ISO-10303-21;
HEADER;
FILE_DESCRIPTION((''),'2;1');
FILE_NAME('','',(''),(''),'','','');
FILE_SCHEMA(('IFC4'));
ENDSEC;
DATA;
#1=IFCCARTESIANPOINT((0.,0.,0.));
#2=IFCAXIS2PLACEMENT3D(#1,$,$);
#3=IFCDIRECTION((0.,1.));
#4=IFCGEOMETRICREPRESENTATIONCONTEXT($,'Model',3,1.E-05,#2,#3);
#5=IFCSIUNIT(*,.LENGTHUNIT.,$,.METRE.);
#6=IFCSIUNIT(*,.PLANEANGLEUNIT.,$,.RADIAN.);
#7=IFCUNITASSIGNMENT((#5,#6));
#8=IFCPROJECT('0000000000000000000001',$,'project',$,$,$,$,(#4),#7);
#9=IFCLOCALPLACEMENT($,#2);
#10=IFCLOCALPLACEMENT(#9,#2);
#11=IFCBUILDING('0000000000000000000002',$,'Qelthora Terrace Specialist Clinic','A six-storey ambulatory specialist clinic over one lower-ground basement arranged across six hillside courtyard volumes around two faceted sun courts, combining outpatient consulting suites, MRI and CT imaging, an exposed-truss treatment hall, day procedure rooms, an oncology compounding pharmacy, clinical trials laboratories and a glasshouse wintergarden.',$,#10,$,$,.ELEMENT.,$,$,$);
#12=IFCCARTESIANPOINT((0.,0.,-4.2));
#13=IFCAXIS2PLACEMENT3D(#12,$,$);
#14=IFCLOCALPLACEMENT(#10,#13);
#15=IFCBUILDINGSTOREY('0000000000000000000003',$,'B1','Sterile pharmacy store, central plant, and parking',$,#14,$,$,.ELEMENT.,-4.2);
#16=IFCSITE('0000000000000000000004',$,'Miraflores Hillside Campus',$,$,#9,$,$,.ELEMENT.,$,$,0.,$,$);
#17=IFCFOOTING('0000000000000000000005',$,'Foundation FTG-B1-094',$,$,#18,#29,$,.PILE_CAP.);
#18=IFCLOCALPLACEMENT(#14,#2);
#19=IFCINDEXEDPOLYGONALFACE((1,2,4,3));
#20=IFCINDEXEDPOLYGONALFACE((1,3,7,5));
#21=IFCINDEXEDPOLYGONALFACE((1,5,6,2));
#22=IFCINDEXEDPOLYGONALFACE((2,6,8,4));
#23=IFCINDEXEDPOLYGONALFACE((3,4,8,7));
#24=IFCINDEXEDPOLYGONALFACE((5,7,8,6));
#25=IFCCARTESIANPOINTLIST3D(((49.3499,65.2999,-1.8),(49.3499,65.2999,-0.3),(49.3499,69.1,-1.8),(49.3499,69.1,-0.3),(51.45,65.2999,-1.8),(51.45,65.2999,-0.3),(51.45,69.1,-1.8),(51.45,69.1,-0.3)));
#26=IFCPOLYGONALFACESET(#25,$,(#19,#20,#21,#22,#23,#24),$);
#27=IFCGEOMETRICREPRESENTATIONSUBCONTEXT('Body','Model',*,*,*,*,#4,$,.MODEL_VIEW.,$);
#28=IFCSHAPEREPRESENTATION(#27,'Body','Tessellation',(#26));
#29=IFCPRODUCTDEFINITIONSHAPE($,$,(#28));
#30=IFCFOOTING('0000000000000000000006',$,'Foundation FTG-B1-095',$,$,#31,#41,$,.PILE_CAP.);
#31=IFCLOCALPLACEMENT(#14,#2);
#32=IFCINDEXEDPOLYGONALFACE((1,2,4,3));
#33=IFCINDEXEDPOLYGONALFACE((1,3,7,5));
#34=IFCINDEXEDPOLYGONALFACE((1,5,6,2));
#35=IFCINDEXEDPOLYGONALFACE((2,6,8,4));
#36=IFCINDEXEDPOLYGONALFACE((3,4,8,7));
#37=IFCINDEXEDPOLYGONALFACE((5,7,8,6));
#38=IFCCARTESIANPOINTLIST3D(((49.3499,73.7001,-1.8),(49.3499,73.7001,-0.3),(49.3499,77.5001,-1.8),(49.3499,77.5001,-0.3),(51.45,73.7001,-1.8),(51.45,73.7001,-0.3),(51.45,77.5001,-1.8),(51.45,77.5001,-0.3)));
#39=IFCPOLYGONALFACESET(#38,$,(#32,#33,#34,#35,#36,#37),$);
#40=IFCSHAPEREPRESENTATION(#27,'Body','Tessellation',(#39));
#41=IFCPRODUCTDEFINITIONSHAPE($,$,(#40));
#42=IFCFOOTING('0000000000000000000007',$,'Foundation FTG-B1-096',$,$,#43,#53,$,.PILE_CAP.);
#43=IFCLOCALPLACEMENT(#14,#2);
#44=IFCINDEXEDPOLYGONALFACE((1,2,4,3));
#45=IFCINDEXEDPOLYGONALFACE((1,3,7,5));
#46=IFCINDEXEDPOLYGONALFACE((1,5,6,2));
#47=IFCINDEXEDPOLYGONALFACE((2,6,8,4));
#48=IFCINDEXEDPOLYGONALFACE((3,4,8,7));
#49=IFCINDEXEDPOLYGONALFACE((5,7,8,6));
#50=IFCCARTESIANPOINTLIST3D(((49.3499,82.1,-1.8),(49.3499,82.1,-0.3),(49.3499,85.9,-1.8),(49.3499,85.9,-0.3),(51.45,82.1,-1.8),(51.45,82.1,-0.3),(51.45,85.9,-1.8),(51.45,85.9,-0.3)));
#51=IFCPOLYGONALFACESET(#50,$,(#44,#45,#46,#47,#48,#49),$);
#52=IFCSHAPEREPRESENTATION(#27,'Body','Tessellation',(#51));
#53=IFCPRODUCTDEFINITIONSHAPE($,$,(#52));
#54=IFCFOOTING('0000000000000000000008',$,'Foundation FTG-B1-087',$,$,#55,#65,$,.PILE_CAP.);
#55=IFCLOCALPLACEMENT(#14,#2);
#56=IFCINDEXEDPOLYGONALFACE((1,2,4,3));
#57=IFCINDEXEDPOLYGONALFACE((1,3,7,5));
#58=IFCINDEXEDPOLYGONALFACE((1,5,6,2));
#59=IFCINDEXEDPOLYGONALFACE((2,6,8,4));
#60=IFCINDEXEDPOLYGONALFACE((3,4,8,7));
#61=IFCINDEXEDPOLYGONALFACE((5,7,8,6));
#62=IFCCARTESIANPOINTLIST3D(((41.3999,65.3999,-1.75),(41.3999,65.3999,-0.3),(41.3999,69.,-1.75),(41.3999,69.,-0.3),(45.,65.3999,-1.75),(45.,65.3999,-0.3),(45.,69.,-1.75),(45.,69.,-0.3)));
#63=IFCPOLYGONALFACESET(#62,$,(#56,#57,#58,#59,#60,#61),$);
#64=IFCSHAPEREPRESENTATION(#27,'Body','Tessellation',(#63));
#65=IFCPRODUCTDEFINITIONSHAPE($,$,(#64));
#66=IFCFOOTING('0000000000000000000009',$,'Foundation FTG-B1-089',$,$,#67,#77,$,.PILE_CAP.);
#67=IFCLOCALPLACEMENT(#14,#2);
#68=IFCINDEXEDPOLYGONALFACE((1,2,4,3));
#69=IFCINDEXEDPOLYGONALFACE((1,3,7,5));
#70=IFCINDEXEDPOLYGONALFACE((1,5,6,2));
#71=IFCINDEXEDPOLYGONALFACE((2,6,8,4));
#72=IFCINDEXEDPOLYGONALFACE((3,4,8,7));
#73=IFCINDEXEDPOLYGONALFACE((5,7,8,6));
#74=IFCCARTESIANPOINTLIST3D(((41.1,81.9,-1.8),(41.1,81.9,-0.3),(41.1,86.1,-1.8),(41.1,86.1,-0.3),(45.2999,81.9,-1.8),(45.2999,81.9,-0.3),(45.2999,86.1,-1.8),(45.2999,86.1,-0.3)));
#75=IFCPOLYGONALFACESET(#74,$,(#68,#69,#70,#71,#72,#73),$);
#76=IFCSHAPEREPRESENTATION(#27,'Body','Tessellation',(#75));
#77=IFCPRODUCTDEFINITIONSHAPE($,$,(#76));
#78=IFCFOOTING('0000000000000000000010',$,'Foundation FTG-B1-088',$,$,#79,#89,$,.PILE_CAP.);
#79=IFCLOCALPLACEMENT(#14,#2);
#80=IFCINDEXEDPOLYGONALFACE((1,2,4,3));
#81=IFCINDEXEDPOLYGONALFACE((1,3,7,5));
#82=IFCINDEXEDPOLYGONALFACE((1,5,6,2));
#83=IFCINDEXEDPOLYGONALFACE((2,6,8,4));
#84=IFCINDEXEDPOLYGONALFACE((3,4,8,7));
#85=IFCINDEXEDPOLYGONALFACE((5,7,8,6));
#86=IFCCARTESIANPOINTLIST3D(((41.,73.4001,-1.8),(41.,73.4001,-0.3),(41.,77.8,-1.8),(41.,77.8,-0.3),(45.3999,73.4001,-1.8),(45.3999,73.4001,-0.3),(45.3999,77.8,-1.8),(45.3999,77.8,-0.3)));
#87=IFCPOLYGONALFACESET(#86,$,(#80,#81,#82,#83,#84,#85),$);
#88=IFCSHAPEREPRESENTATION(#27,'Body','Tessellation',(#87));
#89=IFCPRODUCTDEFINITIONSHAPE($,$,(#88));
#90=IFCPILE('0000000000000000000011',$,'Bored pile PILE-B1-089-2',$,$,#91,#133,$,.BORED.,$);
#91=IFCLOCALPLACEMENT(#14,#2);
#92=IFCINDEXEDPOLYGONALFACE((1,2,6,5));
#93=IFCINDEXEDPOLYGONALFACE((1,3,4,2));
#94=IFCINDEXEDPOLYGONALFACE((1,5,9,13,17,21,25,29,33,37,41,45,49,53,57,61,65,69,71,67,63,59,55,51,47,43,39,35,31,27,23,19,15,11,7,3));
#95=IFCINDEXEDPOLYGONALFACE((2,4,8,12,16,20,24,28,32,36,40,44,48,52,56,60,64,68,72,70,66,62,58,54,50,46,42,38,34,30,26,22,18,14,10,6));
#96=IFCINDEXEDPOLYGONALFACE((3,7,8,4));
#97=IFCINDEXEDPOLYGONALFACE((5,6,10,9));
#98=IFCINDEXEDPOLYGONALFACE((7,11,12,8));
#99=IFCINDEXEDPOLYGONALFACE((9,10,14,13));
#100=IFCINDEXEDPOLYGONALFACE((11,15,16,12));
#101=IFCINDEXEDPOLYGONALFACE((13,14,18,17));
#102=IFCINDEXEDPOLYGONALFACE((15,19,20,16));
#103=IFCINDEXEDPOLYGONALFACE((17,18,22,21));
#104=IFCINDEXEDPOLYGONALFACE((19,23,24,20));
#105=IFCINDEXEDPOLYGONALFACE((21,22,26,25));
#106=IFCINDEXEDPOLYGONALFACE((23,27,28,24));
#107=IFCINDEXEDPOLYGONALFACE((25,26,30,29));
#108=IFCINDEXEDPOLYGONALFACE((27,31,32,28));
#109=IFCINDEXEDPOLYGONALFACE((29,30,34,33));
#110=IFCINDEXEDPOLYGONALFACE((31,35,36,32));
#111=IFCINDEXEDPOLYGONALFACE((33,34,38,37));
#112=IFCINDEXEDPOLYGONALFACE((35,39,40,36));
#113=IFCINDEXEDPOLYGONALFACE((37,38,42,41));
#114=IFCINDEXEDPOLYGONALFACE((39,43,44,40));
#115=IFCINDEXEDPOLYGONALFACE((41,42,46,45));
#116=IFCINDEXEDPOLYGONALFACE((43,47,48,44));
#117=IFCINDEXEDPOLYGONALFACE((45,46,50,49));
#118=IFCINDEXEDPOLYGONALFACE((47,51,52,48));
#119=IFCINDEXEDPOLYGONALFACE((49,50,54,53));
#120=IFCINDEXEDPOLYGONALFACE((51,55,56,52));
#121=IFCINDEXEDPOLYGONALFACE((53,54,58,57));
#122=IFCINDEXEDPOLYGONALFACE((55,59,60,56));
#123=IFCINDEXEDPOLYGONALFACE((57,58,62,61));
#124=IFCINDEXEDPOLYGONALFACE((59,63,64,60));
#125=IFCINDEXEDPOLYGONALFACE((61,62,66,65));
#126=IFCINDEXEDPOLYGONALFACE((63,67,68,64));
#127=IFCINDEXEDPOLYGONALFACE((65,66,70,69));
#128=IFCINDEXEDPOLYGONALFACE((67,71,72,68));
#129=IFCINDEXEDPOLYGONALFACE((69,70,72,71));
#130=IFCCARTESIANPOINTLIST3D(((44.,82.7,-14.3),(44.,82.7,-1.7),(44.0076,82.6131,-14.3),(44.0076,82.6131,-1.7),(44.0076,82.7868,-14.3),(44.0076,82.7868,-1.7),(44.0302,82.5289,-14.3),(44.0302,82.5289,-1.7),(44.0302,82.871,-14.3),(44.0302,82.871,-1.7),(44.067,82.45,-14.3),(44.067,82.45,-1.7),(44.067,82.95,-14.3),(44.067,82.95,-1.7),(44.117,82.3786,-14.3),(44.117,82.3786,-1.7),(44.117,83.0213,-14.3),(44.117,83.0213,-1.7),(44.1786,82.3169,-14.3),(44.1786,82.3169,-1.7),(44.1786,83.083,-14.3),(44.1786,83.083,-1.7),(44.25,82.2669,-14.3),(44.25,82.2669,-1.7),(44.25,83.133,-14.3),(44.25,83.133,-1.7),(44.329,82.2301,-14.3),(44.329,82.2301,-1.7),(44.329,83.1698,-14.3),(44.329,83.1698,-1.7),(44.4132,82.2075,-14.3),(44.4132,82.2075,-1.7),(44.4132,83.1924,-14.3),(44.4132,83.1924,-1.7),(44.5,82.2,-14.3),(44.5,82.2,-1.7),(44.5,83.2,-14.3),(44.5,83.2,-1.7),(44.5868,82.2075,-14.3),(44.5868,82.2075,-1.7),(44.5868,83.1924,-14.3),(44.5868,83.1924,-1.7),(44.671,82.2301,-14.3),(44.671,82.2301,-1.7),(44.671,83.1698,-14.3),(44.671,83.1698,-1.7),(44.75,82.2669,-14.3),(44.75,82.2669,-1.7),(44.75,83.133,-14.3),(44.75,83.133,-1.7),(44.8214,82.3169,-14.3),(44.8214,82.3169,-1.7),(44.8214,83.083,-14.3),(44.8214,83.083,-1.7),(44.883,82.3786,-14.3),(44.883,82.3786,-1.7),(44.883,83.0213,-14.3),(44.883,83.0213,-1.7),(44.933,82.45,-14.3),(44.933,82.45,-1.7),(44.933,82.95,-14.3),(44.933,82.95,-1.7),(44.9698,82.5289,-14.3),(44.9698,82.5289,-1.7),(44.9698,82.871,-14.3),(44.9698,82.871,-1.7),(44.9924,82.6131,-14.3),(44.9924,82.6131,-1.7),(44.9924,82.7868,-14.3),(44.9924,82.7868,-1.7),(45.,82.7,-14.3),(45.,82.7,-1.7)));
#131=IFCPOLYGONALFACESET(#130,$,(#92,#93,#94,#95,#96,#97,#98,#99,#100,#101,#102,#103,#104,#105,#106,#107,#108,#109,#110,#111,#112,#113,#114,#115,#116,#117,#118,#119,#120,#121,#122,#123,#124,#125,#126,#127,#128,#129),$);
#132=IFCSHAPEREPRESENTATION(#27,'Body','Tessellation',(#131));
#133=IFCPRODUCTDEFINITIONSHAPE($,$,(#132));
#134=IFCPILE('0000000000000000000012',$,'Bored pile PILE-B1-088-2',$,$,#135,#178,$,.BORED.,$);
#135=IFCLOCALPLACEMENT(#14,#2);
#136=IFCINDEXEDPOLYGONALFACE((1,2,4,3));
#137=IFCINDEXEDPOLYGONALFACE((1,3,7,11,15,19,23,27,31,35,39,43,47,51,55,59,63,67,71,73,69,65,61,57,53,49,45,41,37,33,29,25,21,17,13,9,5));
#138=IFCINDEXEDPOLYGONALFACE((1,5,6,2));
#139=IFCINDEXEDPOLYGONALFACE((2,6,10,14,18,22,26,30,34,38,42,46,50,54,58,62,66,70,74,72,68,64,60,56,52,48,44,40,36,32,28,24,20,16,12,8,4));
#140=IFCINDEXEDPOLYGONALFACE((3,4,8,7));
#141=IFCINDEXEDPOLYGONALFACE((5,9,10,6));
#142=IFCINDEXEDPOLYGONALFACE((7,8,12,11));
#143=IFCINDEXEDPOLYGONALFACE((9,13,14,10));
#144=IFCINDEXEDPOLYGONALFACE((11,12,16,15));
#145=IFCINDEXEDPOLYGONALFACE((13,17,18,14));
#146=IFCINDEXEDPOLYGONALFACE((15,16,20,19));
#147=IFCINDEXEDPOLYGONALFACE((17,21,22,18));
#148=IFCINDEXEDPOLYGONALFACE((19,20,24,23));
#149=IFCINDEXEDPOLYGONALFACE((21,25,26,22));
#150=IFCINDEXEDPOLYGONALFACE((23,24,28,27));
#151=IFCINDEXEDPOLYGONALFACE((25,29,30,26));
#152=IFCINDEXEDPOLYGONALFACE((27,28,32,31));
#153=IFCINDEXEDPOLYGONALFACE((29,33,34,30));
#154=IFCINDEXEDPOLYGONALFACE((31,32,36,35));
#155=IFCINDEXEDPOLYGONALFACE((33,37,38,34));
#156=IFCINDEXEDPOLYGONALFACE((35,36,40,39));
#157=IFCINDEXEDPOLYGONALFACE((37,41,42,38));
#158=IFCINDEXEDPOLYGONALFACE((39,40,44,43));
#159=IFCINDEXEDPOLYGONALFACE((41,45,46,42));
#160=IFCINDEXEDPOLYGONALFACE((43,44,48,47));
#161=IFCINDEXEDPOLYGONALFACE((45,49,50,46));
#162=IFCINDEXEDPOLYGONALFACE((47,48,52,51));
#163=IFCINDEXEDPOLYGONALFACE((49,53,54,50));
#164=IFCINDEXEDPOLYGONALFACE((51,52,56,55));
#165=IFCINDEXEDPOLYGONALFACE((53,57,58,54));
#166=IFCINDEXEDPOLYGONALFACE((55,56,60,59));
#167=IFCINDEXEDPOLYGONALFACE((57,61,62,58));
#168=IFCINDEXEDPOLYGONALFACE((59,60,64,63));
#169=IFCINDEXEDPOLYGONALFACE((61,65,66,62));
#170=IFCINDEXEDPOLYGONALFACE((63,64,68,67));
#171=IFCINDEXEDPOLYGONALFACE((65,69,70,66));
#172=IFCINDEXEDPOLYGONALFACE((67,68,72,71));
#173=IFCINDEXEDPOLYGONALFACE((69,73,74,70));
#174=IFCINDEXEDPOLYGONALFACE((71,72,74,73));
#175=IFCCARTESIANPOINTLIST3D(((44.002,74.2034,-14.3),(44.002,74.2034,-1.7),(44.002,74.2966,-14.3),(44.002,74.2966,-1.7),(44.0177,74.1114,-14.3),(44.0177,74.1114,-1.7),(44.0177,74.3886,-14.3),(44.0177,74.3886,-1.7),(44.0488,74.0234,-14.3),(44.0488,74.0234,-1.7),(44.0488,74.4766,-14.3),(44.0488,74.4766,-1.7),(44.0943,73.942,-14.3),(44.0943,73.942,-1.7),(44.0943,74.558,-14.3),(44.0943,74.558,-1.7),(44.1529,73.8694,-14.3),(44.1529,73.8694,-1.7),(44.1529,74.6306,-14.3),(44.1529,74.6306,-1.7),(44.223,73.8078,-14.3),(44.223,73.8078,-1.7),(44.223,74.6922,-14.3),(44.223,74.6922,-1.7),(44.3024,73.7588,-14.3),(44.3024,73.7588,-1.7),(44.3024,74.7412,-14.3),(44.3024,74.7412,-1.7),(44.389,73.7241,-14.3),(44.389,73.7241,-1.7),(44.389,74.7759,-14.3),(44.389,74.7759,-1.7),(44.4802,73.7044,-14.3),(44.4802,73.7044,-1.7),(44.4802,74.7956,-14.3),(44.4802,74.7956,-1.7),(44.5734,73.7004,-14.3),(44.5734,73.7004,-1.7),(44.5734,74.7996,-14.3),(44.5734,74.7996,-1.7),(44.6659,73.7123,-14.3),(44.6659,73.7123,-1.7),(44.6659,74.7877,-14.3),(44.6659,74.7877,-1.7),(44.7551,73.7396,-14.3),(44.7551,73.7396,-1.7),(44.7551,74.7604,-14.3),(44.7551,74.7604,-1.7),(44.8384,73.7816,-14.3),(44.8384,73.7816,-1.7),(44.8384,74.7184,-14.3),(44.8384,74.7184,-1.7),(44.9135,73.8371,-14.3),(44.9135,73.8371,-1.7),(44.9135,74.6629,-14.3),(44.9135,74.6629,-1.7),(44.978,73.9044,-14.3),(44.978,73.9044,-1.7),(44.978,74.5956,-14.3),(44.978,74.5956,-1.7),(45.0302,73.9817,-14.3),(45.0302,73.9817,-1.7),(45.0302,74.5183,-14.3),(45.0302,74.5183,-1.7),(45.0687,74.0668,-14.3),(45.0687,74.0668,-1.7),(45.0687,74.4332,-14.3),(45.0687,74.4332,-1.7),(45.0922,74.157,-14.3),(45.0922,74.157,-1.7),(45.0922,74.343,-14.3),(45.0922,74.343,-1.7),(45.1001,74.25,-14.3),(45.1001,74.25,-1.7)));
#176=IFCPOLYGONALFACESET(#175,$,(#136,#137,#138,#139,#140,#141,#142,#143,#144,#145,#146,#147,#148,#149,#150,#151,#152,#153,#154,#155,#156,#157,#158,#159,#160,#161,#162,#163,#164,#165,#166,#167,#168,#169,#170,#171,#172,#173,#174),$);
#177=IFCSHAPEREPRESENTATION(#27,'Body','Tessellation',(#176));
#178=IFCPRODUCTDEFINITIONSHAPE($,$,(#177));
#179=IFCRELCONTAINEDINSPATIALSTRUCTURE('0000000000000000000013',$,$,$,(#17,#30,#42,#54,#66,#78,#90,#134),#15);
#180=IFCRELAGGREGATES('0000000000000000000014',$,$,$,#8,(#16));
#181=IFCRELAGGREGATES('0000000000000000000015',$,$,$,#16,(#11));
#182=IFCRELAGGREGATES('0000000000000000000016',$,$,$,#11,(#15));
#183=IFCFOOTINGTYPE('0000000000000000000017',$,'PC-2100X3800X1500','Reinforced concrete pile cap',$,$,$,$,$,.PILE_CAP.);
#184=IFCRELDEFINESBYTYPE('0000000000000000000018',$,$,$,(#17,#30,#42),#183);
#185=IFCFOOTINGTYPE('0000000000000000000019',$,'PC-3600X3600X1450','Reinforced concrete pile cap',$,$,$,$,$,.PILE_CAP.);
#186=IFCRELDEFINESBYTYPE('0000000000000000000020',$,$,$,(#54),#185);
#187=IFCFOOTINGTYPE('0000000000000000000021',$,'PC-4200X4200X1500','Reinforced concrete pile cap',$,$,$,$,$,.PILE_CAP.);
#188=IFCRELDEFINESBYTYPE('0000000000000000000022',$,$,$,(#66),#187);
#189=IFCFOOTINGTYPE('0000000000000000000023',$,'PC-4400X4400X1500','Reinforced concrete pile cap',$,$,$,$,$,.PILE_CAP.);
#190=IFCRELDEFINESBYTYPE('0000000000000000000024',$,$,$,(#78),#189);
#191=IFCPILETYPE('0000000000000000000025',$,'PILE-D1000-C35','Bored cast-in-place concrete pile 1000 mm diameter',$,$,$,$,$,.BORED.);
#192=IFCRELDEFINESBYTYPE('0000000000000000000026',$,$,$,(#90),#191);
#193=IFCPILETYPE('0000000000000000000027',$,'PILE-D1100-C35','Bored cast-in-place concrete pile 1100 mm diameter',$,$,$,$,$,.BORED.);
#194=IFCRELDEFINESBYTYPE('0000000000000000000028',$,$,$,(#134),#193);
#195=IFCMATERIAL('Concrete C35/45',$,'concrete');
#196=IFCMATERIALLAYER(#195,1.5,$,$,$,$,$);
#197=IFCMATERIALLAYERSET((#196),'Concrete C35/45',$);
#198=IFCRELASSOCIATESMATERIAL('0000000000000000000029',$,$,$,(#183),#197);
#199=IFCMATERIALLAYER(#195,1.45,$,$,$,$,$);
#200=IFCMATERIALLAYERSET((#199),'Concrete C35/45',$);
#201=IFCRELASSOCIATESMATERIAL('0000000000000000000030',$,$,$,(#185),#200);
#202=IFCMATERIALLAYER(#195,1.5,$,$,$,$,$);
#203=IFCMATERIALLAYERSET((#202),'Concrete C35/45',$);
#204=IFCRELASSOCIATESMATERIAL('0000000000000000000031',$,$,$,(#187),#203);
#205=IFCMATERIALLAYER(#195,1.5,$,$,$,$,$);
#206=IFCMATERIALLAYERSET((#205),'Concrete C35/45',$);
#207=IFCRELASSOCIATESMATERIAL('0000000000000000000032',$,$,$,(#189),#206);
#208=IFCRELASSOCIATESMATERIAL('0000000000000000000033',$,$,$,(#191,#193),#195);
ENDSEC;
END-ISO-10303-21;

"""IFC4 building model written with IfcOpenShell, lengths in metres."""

from ifc_helpers import new_model, si_unit, direction, frame, origin, origin_2d, place, context, subcontext, project, spatial, rectangle, circle, extrude, material, layer, layer_set, material_profile, profile_set, type_object, element, save


model = new_model("IFC4")

# Units and contexts
model_context = context("Model", 3, precision=1e-05, world=origin(), true_north=direction((0.0, 1.0)))
body_context = subcontext(model_context, "Body", "Model", "MODEL_VIEW")
ifc_project = project(units=[si_unit("LENGTHUNIT", "METRE"), si_unit("PLANEANGLEUNIT", "RADIAN")], contexts=[model_context])

# Site, building, storey
site_placement = place(None, origin())
site = spatial("IfcSite", under=ifc_project, at=site_placement, Name="Miraflores Hillside Campus", CompositionType="ELEMENT", RefElevation=0.0)
building_placement = place(site_placement, origin())
building = spatial("IfcBuilding", under=site, at=building_placement, Name="Qelthora Terrace Specialist Clinic", Description="A six-storey ambulatory specialist clinic over one lower-ground basement arranged across six hillside courtyard volumes around two faceted sun courts, combining outpatient consulting suites, MRI and CT imaging, an exposed-truss treatment hall, day procedure rooms, an oncology compounding pharmacy, clinical trials laboratories and a glasshouse wintergarden.", CompositionType="ELEMENT")
storey_placement = place(building_placement, frame((0.0, 0.0, -4.2)))
storey = spatial("IfcBuildingStorey", under=building, at=storey_placement, Name="B1", Description="Sterile pharmacy store, central plant, and parking", CompositionType="ELEMENT", Elevation=-4.2)

# Footings
ifc_material_1 = material(Name="Concrete C35/45", Category="concrete")
ifc_layer_1 = layer(ifc_material_1, 1.5)
ifc_layer_set_1 = layer_set([ifc_layer_1], Name="Concrete C35/45")
footing_type_1 = type_object("IfcFootingType", Name="PC-2100X3800X1500", Description="Reinforced concrete pile cap", PredefinedType="PILE_CAP", material=ifc_layer_set_1)
for number, where, z_axis, x_axis, name in (
    (1, (50.3999, 67.2, -1.8), (0.0, 0.0, 1.0), (1.0, 0.0, 0.0), "Foundation FTG-B1-094"),
    (2, (50.3999, 75.6001, -1.8), (0.0, 0.0, 1.0), (1.0, 0.0, 0.0), "Foundation FTG-B1-095"),
    (3, (50.3999, 84.0, -1.8), (0.0, 0.0, 1.0), (1.0, 0.0, 0.0), "Foundation FTG-B1-096"),
):
    element("IfcFooting", number, at=place(storey_placement, frame(where, z_axis=z_axis, x_axis=x_axis)), inside=storey, type_object=footing_type_1, Name=name, PredefinedType="PILE_CAP", context=body_context, shape_type="SweptSolid", body=[
        extrude(rectangle(XDim=2.1001, YDim=3.8, at=origin_2d()), origin(), (0.0, 0.0, 1.0), 1.5),
    ])
ifc_layer_2 = layer(ifc_material_1, 1.45)
ifc_layer_set_2 = layer_set([ifc_layer_2], Name="Concrete C35/45")
footing_type_2 = type_object("IfcFootingType", Name="PC-3600X3600X1450", Description="Reinforced concrete pile cap", PredefinedType="PILE_CAP", material=ifc_layer_set_2)
footing_1_placement = place(storey_placement, frame((43.2, 67.2, -1.75), z_axis=(0.0, 0.0, 1.0), x_axis=(1.0, 0.0, 0.0)))
element("IfcFooting", 4, at=footing_1_placement, inside=storey, type_object=footing_type_2, Name="Foundation FTG-B1-087", PredefinedType="PILE_CAP", context=body_context, shape_type="SweptSolid", body=[
    extrude(rectangle(XDim=3.6001, YDim=3.6001, at=origin_2d()), origin(), (0.0, 0.0, 1.0), 1.45),
])
ifc_layer_3 = layer(ifc_material_1, 1.5)
ifc_layer_set_3 = layer_set([ifc_layer_3], Name="Concrete C35/45")
footing_type_3 = type_object("IfcFootingType", Name="PC-4200X4200X1500", Description="Reinforced concrete pile cap", PredefinedType="PILE_CAP", material=ifc_layer_set_3)
footing_2_placement = place(storey_placement, frame((43.2, 84.0, -1.8), z_axis=(0.0, 0.0, 1.0), x_axis=(1.0, 0.0, 0.0)))
element("IfcFooting", 5, at=footing_2_placement, inside=storey, type_object=footing_type_3, Name="Foundation FTG-B1-089", PredefinedType="PILE_CAP", context=body_context, shape_type="SweptSolid", body=[
    extrude(rectangle(XDim=4.2, YDim=4.2, at=origin_2d()), origin(), (0.0, 0.0, 1.0), 1.5),
])
ifc_layer_4 = layer(ifc_material_1, 1.5)
ifc_layer_set_4 = layer_set([ifc_layer_4], Name="Concrete C35/45")
footing_type_4 = type_object("IfcFootingType", Name="PC-4400X4400X1500", Description="Reinforced concrete pile cap", PredefinedType="PILE_CAP", material=ifc_layer_set_4)
footing_3_placement = place(storey_placement, frame((43.2, 75.6001, -1.8), z_axis=(0.0, 0.0, 1.0), x_axis=(1.0, 0.0, 0.0)))
element("IfcFooting", 6, at=footing_3_placement, inside=storey, type_object=footing_type_4, Name="Foundation FTG-B1-088", PredefinedType="PILE_CAP", context=body_context, shape_type="SweptSolid", body=[
    extrude(rectangle(XDim=4.3999, YDim=4.3999, at=origin_2d()), origin(), (0.0, 0.0, 1.0), 1.5),
])

# Piles
ifc_material_profile_1 = material_profile(ifc_material_1, circle(Radius=0.5, at=origin_2d()), Name="PILE1000")
ifc_profile_set_1 = profile_set([ifc_material_profile_1], Name="Concrete C35/45")
pile_type_1 = type_object("IfcPileType", Name="PILE-D1000-C35", Description="Bored cast-in-place concrete pile 1000 mm diameter", PredefinedType="BORED", material=ifc_profile_set_1)
pile_placement = place(storey_placement, frame((44.5, 82.7, -1.7), z_axis=(0.0, 0.0, -1.0), x_axis=(1.0, 0.0, 0.0)))
element("IfcPile", 7, at=pile_placement, inside=storey, type_object=pile_type_1, Name="Bored pile PILE-B1-089-2", PredefinedType="BORED", context=body_context, shape_type="SweptSolid", body=[
    extrude(circle(Radius=0.5, at=origin_2d()), origin(), (0.0, 0.0, 1.0), 12.6001),
])
ifc_material_profile_2 = material_profile(ifc_material_1, circle(Radius=0.55, at=origin_2d()), Name="PILE1100")
ifc_profile_set_2 = profile_set([ifc_material_profile_2], Name="Concrete C35/45")
pile_type_2 = type_object("IfcPileType", Name="PILE-D1100-C35", Description="Bored cast-in-place concrete pile 1100 mm diameter", PredefinedType="BORED", material=ifc_profile_set_2)
for number, where, z_axis, x_axis, name in (
    (8, (44.55, 74.25, -1.7), (0.0, 0.0, -1.0), (1.0, 0.0, 0.0), "Bored pile PILE-B1-088-2"),
):
    element("IfcPile", number, at=place(storey_placement, frame(where, z_axis=z_axis, x_axis=x_axis)), inside=storey, type_object=pile_type_2, Name=name, PredefinedType="BORED", context=body_context, shape_type="SweptSolid", body=[
        extrude(circle(Radius=0.55, at=origin_2d()), origin(), (0.0, 0.0, 1.0), 12.6001),
    ])

save(model, "model.ifc")
